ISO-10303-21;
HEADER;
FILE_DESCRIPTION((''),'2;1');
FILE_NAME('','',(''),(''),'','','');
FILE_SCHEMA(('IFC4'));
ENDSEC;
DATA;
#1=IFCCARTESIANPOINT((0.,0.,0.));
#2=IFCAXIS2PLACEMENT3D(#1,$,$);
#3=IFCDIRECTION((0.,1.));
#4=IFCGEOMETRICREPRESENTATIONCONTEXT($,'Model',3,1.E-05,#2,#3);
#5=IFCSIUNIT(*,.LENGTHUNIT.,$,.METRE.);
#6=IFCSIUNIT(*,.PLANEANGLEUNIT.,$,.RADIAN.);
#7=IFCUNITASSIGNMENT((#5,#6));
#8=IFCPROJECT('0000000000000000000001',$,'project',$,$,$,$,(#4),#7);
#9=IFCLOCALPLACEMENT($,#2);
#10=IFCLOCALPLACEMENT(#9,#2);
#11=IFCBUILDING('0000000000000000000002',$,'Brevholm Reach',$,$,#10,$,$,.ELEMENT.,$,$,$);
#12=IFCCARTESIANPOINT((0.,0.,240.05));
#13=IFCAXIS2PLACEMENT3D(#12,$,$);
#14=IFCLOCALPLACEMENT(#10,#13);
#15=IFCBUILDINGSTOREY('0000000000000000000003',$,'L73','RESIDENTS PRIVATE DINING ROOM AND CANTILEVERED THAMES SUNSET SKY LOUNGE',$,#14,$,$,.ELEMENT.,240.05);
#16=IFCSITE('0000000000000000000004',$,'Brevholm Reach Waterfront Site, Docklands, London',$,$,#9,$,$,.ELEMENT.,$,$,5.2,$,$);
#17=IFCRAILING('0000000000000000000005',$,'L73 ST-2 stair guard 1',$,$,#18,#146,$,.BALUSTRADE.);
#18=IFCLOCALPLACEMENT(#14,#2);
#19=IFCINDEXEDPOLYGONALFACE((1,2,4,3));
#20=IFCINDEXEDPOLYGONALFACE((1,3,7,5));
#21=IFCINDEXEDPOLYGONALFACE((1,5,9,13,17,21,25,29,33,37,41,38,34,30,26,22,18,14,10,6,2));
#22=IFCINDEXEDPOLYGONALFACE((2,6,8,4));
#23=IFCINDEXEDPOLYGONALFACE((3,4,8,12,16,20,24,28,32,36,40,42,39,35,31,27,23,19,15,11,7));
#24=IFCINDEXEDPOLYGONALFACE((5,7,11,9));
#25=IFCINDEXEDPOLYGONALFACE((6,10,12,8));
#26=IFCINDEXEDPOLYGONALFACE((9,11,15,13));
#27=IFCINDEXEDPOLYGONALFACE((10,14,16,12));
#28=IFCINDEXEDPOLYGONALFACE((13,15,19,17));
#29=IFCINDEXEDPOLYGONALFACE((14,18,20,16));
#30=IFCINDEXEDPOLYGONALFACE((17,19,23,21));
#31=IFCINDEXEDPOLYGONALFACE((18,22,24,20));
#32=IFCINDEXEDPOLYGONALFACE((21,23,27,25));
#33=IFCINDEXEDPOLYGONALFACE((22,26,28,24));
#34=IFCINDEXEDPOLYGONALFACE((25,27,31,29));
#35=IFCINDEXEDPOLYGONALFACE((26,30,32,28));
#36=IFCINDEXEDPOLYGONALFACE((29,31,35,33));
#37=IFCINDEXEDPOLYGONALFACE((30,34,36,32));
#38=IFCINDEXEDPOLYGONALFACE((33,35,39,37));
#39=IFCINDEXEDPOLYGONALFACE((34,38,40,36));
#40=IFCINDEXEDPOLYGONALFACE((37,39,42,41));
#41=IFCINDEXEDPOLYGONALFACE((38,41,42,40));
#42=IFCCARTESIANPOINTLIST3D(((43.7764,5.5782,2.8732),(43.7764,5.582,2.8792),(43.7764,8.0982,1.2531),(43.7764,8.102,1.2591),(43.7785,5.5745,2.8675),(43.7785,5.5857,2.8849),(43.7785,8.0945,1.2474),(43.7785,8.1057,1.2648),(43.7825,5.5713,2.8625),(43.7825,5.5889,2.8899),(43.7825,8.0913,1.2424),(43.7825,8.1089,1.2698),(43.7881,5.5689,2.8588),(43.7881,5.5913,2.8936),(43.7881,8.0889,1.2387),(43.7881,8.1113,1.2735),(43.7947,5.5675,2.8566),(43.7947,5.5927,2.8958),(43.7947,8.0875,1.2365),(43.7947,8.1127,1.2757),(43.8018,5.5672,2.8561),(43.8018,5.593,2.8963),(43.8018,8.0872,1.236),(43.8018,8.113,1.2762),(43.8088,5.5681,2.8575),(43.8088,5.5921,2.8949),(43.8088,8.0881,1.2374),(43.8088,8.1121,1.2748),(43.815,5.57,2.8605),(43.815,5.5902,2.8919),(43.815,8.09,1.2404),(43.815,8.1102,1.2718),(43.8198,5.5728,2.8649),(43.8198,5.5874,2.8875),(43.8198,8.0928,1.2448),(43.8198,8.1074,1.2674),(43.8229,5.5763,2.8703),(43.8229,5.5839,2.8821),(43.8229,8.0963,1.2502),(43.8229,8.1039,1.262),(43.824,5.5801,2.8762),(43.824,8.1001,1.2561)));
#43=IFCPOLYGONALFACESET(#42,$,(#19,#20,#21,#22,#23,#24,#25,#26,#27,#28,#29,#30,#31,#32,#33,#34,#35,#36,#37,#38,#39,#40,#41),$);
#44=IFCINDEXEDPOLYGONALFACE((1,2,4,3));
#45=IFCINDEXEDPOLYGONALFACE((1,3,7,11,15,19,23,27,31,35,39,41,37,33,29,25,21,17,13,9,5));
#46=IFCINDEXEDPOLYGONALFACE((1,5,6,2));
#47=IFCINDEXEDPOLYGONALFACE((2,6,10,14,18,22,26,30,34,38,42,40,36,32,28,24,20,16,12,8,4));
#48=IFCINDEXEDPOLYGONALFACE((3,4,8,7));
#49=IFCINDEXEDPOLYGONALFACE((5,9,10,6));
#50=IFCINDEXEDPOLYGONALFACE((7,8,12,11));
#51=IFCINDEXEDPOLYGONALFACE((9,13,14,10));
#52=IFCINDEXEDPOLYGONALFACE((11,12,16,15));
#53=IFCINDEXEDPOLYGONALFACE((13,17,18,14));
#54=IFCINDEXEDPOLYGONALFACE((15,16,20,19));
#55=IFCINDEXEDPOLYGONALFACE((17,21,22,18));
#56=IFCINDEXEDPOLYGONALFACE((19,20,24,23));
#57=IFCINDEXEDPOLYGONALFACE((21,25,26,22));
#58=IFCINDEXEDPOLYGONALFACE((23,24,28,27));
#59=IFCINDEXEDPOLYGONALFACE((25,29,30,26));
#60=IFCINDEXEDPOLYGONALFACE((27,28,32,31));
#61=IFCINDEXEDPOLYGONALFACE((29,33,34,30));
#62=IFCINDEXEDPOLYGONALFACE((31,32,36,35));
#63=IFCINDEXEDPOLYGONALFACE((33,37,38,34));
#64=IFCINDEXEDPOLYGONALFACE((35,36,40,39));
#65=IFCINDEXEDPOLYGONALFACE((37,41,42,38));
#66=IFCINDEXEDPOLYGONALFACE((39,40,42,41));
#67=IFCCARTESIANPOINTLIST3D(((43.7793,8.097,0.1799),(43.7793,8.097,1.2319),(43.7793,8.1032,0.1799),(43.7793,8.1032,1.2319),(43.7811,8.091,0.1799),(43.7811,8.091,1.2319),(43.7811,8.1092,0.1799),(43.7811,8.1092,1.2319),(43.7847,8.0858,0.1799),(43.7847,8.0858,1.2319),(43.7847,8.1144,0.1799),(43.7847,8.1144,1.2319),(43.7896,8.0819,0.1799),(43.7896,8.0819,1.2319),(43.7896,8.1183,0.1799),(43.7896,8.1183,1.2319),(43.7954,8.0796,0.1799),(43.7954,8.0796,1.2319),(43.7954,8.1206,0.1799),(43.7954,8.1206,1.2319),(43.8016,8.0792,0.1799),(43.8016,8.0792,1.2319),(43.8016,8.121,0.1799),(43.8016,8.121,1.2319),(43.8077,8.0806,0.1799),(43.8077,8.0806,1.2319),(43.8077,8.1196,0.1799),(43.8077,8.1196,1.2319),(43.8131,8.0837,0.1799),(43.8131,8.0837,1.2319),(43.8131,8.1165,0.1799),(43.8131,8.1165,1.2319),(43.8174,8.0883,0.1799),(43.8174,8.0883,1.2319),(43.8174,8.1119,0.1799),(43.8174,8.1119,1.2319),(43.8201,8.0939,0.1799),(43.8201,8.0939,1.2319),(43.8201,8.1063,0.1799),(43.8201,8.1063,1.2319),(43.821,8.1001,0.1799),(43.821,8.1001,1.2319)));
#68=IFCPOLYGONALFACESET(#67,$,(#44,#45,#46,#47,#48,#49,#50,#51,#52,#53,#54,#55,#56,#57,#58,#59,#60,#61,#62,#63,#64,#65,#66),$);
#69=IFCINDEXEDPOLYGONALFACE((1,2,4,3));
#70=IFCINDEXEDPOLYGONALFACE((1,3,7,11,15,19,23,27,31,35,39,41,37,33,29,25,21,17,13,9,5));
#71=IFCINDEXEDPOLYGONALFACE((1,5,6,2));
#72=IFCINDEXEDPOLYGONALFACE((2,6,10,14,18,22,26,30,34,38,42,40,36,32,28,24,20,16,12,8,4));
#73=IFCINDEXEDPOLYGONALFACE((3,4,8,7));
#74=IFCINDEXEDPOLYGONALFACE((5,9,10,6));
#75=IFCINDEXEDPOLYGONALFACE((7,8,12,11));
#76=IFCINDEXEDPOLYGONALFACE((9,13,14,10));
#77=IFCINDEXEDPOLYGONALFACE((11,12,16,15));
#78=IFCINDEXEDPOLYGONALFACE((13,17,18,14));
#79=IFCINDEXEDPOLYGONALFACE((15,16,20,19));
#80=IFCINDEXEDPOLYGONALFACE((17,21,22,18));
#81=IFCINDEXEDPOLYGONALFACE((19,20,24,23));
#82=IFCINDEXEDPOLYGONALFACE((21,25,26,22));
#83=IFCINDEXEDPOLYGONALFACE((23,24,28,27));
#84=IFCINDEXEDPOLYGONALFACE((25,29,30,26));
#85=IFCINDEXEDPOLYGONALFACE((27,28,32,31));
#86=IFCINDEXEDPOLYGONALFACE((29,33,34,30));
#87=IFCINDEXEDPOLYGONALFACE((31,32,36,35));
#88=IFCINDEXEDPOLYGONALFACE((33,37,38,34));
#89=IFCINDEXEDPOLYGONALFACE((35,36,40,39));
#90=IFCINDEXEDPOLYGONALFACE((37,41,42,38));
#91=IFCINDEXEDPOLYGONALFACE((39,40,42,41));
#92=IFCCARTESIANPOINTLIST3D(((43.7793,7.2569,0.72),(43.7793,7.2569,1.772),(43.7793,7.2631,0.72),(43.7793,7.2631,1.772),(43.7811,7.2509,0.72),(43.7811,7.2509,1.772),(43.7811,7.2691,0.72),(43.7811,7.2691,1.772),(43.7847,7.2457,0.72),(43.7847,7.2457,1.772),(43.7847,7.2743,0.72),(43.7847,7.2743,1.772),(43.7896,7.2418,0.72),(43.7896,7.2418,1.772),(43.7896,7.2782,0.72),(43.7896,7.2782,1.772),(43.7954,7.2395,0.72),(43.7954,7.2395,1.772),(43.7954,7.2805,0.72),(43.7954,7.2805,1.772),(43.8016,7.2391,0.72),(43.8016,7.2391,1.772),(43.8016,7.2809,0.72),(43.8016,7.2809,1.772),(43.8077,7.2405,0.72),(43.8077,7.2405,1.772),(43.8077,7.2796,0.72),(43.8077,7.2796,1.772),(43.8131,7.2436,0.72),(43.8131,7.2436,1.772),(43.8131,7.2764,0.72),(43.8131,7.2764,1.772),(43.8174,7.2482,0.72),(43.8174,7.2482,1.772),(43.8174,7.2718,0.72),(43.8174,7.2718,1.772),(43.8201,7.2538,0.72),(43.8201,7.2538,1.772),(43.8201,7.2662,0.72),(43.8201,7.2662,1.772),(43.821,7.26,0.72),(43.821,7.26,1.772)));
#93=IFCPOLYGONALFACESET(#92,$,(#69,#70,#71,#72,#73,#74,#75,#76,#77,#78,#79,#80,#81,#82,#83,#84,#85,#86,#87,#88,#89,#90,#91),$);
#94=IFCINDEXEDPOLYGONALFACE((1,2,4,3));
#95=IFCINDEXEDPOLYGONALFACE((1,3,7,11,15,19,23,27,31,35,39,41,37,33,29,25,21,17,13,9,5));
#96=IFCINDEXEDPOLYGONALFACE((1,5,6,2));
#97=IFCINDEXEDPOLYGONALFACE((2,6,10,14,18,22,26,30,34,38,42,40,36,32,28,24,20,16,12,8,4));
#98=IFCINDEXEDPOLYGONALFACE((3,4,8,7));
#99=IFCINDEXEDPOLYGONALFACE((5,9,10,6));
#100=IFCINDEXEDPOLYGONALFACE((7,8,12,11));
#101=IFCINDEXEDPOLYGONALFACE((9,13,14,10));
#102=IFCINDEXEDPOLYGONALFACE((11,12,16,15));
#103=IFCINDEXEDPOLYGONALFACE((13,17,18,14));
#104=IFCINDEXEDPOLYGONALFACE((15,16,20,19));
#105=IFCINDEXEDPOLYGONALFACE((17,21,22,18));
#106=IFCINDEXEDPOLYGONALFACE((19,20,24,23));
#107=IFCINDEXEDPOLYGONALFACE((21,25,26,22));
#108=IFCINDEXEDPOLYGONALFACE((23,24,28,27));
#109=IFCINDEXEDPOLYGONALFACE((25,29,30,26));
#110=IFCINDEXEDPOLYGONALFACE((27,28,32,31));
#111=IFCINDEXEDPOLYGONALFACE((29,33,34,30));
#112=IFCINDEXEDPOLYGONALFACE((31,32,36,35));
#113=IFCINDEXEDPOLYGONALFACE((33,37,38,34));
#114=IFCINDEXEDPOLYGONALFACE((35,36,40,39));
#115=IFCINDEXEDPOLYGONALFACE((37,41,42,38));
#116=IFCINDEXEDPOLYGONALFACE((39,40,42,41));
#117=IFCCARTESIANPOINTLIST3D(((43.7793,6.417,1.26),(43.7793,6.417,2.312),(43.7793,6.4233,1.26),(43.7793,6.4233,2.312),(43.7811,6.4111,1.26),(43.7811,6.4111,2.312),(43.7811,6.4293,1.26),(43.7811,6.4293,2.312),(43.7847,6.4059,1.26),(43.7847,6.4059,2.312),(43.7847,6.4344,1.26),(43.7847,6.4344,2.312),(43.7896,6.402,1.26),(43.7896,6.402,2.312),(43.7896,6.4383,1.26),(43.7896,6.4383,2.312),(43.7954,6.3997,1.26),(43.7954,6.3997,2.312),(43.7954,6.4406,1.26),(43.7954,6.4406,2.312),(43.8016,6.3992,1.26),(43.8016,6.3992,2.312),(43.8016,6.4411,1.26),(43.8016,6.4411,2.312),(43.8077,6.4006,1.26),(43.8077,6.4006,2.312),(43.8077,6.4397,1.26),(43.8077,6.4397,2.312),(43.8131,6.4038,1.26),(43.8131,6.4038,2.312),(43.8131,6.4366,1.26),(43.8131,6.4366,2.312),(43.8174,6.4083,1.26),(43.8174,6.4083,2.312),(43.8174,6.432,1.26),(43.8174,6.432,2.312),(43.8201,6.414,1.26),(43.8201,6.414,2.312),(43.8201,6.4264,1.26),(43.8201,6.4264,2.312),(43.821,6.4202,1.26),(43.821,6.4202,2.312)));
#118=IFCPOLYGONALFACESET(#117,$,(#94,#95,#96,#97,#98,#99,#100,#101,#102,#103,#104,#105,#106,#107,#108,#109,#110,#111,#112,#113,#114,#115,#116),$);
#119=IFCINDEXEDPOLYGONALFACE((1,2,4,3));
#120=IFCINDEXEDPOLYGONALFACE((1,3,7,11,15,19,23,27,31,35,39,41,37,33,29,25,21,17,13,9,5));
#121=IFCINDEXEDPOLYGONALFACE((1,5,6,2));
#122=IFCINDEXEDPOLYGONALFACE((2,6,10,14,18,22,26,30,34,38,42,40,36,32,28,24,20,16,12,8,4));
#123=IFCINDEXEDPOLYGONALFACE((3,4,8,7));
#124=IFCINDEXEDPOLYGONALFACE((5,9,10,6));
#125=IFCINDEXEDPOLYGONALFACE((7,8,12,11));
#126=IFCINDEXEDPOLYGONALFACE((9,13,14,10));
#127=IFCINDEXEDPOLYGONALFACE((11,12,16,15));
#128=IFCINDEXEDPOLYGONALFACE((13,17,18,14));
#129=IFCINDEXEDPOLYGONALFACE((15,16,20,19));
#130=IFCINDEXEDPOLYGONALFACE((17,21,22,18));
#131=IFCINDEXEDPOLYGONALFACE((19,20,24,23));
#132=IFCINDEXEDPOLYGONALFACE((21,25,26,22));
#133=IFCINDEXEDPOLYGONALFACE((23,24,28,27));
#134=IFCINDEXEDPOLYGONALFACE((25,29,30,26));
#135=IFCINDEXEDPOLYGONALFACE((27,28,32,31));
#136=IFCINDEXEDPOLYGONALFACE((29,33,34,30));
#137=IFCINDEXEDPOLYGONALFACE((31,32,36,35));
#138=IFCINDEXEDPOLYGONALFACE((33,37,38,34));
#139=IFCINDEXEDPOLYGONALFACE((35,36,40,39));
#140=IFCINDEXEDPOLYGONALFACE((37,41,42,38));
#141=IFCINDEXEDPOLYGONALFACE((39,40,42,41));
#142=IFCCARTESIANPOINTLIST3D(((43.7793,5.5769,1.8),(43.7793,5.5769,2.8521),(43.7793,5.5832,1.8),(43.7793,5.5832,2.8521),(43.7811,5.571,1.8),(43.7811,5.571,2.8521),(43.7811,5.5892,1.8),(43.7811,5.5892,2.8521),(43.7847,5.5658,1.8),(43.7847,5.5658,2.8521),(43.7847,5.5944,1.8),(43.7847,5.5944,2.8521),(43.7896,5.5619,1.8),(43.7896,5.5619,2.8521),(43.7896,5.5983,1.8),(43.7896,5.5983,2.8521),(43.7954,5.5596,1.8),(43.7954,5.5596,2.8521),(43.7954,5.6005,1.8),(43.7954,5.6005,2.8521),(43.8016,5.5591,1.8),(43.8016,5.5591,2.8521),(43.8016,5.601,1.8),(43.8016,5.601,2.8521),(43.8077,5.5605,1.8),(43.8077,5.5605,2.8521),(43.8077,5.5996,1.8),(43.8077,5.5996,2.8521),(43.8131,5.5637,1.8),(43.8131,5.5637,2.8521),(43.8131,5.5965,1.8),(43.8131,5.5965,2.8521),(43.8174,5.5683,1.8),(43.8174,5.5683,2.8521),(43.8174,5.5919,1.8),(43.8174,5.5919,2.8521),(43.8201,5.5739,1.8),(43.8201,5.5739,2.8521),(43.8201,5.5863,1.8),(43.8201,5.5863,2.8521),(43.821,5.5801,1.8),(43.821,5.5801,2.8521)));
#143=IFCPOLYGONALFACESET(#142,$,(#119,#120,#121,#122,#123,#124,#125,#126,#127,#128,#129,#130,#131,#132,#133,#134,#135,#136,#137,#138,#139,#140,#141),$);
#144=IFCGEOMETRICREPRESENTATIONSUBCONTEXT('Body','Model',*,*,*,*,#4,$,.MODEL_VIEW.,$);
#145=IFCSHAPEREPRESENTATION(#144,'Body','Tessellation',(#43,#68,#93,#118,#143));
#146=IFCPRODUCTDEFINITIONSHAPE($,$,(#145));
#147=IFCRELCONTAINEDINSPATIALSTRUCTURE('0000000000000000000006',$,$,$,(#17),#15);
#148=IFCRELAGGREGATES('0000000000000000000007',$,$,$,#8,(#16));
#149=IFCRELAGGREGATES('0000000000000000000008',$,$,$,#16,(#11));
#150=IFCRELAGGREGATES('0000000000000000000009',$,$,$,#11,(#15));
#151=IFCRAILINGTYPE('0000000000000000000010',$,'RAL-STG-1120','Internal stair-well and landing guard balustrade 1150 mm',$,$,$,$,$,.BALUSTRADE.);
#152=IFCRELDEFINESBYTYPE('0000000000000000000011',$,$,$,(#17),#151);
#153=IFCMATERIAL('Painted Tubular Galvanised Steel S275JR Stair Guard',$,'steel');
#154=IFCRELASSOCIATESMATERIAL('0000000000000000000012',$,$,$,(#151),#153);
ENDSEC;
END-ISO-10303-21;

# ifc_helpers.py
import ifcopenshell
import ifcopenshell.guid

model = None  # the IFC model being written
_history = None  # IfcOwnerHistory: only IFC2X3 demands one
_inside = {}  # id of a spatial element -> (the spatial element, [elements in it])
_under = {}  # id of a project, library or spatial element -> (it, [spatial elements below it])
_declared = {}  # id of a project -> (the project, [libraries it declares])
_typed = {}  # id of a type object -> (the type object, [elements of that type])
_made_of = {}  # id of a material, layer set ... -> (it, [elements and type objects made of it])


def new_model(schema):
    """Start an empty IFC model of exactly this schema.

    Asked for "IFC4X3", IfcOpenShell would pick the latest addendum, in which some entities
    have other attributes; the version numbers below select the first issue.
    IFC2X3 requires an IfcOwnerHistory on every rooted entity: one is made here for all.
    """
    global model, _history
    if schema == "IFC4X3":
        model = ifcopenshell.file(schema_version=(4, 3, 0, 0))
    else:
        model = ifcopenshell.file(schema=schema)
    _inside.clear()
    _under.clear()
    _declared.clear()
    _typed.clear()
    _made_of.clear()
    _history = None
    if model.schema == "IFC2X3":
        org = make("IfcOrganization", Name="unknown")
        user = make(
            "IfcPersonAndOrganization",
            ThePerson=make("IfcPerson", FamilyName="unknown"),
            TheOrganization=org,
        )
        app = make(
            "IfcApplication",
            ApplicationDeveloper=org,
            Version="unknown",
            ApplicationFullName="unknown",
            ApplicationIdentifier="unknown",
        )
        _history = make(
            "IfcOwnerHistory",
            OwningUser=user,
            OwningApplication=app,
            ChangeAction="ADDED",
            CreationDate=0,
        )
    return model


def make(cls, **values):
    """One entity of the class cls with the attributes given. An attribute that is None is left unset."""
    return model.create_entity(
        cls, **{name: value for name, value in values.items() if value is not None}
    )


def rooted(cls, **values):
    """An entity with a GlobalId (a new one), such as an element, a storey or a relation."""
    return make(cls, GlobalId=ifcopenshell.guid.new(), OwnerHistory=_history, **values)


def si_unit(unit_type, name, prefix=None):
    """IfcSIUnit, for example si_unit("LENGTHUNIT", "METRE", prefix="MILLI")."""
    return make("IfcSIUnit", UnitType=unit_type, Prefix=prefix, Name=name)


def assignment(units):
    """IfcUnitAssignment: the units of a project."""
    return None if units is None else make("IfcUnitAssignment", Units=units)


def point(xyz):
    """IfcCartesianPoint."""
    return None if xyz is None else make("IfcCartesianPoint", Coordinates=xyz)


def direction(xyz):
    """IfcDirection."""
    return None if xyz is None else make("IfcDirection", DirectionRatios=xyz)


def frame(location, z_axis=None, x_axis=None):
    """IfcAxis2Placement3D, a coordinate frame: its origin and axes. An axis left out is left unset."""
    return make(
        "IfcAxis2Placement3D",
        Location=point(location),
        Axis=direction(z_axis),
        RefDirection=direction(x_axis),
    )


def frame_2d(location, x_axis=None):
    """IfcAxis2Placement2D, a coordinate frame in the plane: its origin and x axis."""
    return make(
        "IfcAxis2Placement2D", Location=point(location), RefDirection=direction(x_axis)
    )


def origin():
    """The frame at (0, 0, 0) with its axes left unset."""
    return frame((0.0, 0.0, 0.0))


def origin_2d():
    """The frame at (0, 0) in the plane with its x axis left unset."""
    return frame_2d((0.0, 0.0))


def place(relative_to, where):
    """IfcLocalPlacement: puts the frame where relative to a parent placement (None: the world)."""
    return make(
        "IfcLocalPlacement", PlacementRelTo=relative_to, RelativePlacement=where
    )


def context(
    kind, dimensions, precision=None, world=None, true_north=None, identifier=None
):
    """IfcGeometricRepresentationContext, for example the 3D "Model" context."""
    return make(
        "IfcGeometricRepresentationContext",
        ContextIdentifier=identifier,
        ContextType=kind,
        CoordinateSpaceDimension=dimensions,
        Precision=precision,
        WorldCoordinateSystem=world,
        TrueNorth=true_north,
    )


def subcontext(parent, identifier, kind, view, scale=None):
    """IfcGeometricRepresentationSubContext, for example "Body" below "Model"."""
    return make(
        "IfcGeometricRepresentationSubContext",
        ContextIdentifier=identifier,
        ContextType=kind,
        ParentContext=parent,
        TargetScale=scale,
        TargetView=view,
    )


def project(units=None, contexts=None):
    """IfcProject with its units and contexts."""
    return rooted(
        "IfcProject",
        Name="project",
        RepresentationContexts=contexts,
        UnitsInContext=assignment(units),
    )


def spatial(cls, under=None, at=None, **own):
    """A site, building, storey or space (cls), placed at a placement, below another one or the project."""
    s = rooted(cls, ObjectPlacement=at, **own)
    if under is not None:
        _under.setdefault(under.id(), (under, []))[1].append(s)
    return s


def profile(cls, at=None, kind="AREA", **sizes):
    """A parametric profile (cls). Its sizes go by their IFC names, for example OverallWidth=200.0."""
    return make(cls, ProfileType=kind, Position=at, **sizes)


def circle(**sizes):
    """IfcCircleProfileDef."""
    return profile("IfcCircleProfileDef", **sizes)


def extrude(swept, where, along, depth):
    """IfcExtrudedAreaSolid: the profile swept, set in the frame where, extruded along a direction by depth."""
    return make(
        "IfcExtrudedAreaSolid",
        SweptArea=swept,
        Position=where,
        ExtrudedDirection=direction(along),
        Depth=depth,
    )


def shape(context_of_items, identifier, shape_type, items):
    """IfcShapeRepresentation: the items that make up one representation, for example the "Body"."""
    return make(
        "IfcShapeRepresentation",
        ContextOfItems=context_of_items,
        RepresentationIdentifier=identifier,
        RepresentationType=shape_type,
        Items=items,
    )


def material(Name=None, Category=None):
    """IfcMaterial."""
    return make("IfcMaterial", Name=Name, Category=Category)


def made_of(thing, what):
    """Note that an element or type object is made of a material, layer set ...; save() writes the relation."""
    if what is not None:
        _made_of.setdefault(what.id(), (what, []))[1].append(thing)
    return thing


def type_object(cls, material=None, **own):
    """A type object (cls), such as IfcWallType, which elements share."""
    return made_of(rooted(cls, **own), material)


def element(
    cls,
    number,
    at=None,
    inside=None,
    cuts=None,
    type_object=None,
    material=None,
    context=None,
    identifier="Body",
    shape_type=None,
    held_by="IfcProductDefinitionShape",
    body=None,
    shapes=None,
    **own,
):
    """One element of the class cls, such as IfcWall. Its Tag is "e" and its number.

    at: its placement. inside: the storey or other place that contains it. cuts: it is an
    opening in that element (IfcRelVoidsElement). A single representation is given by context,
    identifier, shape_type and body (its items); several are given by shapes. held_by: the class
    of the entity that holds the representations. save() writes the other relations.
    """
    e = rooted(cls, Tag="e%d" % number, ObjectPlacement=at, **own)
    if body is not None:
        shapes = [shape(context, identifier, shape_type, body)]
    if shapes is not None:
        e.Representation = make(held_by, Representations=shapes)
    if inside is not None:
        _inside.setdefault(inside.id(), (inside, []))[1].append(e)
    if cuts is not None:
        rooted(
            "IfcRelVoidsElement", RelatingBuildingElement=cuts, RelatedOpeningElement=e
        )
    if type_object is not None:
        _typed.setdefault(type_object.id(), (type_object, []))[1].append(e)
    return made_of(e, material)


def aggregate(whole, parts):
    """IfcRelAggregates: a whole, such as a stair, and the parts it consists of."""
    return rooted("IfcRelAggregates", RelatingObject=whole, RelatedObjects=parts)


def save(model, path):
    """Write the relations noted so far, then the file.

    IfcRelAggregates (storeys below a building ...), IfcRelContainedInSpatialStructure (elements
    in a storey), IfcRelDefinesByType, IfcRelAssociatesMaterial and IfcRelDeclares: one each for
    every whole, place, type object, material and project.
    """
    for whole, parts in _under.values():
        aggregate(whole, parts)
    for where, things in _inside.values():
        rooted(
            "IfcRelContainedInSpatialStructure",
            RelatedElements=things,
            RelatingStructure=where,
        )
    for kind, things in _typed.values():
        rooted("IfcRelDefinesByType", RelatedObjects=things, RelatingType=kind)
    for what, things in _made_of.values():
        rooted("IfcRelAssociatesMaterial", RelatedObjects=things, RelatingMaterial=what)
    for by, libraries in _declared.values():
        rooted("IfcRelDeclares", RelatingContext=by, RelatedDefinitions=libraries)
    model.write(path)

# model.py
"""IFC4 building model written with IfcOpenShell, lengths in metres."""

from ifc_helpers import new_model, si_unit, direction, frame, origin, origin_2d, place, context, subcontext, project, spatial, circle, extrude, material, type_object, element, save


model = new_model("IFC4")

# Units and contexts
model_context = context("Model", 3, precision=1e-05, world=origin(), true_north=direction((0.0, 1.0)))
body_context = subcontext(model_context, "Body", "Model", "MODEL_VIEW")
ifc_project = project(units=[si_unit("LENGTHUNIT", "METRE"), si_unit("PLANEANGLEUNIT", "RADIAN")], contexts=[model_context])

# Site, building, storey
site_placement = place(None, origin())
site = spatial("IfcSite", under=ifc_project, at=site_placement, Name="Brevholm Reach Waterfront Site, Docklands, London", CompositionType="ELEMENT", RefElevation=5.2)
building_placement = place(site_placement, origin())
building = spatial("IfcBuilding", under=site, at=building_placement, Name="Brevholm Reach", CompositionType="ELEMENT")
storey_placement = place(building_placement, frame((0.0, 0.0, 240.05)))
storey = spatial("IfcBuildingStorey", under=building, at=storey_placement, Name="L73", Description="RESIDENTS PRIVATE DINING ROOM AND CANTILEVERED THAMES SUNSET SKY LOUNGE", CompositionType="ELEMENT", Elevation=240.05)

# Railing
ifc_material_1 = material(Name="Painted Tubular Galvanised Steel S275JR Stair Guard", Category="steel")
railing_type_1 = type_object("IfcRailingType", Name="RAL-STG-1120", Description="Internal stair-well and landing guard balustrade 1150 mm", PredefinedType="BALUSTRADE", material=ifc_material_1)
railing_1_placement = place(storey_placement, frame((43.8, 8.1001, 0.1799)))
element("IfcRailing", 1, at=railing_1_placement, inside=storey, type_object=railing_type_1, Name="L73 ST-2 stair guard 1", PredefinedType="BALUSTRADE", context=body_context, shape_type="SweptSolid", body=[
    extrude(circle(Radius=0.0239, at=origin_2d()), frame((0.0, 0.0, 1.0762), z_axis=(0.0, -0.841163, 0.540782), x_axis=(1.0, 0.0, 0.0)), (0.0, 0.0, 1.0), 2.9958),
    extrude(circle(Radius=0.021, at=origin_2d()), origin(), (0.0, 0.0, 1.0), 1.052),
    extrude(circle(Radius=0.021, at=origin_2d()), frame((0.0, -0.8401, 0.54)), (0.0, 0.0, 1.0), 1.052),
    extrude(circle(Radius=0.021, at=origin_2d()), frame((0.0, -1.6799, 1.0801)), (0.0, 0.0, 1.0), 1.052),
    extrude(circle(Radius=0.021, at=origin_2d()), frame((0.0, -2.52, 1.6201)), (0.0, 0.0, 1.0), 1.052),
])

save(model, "model.ifc")
